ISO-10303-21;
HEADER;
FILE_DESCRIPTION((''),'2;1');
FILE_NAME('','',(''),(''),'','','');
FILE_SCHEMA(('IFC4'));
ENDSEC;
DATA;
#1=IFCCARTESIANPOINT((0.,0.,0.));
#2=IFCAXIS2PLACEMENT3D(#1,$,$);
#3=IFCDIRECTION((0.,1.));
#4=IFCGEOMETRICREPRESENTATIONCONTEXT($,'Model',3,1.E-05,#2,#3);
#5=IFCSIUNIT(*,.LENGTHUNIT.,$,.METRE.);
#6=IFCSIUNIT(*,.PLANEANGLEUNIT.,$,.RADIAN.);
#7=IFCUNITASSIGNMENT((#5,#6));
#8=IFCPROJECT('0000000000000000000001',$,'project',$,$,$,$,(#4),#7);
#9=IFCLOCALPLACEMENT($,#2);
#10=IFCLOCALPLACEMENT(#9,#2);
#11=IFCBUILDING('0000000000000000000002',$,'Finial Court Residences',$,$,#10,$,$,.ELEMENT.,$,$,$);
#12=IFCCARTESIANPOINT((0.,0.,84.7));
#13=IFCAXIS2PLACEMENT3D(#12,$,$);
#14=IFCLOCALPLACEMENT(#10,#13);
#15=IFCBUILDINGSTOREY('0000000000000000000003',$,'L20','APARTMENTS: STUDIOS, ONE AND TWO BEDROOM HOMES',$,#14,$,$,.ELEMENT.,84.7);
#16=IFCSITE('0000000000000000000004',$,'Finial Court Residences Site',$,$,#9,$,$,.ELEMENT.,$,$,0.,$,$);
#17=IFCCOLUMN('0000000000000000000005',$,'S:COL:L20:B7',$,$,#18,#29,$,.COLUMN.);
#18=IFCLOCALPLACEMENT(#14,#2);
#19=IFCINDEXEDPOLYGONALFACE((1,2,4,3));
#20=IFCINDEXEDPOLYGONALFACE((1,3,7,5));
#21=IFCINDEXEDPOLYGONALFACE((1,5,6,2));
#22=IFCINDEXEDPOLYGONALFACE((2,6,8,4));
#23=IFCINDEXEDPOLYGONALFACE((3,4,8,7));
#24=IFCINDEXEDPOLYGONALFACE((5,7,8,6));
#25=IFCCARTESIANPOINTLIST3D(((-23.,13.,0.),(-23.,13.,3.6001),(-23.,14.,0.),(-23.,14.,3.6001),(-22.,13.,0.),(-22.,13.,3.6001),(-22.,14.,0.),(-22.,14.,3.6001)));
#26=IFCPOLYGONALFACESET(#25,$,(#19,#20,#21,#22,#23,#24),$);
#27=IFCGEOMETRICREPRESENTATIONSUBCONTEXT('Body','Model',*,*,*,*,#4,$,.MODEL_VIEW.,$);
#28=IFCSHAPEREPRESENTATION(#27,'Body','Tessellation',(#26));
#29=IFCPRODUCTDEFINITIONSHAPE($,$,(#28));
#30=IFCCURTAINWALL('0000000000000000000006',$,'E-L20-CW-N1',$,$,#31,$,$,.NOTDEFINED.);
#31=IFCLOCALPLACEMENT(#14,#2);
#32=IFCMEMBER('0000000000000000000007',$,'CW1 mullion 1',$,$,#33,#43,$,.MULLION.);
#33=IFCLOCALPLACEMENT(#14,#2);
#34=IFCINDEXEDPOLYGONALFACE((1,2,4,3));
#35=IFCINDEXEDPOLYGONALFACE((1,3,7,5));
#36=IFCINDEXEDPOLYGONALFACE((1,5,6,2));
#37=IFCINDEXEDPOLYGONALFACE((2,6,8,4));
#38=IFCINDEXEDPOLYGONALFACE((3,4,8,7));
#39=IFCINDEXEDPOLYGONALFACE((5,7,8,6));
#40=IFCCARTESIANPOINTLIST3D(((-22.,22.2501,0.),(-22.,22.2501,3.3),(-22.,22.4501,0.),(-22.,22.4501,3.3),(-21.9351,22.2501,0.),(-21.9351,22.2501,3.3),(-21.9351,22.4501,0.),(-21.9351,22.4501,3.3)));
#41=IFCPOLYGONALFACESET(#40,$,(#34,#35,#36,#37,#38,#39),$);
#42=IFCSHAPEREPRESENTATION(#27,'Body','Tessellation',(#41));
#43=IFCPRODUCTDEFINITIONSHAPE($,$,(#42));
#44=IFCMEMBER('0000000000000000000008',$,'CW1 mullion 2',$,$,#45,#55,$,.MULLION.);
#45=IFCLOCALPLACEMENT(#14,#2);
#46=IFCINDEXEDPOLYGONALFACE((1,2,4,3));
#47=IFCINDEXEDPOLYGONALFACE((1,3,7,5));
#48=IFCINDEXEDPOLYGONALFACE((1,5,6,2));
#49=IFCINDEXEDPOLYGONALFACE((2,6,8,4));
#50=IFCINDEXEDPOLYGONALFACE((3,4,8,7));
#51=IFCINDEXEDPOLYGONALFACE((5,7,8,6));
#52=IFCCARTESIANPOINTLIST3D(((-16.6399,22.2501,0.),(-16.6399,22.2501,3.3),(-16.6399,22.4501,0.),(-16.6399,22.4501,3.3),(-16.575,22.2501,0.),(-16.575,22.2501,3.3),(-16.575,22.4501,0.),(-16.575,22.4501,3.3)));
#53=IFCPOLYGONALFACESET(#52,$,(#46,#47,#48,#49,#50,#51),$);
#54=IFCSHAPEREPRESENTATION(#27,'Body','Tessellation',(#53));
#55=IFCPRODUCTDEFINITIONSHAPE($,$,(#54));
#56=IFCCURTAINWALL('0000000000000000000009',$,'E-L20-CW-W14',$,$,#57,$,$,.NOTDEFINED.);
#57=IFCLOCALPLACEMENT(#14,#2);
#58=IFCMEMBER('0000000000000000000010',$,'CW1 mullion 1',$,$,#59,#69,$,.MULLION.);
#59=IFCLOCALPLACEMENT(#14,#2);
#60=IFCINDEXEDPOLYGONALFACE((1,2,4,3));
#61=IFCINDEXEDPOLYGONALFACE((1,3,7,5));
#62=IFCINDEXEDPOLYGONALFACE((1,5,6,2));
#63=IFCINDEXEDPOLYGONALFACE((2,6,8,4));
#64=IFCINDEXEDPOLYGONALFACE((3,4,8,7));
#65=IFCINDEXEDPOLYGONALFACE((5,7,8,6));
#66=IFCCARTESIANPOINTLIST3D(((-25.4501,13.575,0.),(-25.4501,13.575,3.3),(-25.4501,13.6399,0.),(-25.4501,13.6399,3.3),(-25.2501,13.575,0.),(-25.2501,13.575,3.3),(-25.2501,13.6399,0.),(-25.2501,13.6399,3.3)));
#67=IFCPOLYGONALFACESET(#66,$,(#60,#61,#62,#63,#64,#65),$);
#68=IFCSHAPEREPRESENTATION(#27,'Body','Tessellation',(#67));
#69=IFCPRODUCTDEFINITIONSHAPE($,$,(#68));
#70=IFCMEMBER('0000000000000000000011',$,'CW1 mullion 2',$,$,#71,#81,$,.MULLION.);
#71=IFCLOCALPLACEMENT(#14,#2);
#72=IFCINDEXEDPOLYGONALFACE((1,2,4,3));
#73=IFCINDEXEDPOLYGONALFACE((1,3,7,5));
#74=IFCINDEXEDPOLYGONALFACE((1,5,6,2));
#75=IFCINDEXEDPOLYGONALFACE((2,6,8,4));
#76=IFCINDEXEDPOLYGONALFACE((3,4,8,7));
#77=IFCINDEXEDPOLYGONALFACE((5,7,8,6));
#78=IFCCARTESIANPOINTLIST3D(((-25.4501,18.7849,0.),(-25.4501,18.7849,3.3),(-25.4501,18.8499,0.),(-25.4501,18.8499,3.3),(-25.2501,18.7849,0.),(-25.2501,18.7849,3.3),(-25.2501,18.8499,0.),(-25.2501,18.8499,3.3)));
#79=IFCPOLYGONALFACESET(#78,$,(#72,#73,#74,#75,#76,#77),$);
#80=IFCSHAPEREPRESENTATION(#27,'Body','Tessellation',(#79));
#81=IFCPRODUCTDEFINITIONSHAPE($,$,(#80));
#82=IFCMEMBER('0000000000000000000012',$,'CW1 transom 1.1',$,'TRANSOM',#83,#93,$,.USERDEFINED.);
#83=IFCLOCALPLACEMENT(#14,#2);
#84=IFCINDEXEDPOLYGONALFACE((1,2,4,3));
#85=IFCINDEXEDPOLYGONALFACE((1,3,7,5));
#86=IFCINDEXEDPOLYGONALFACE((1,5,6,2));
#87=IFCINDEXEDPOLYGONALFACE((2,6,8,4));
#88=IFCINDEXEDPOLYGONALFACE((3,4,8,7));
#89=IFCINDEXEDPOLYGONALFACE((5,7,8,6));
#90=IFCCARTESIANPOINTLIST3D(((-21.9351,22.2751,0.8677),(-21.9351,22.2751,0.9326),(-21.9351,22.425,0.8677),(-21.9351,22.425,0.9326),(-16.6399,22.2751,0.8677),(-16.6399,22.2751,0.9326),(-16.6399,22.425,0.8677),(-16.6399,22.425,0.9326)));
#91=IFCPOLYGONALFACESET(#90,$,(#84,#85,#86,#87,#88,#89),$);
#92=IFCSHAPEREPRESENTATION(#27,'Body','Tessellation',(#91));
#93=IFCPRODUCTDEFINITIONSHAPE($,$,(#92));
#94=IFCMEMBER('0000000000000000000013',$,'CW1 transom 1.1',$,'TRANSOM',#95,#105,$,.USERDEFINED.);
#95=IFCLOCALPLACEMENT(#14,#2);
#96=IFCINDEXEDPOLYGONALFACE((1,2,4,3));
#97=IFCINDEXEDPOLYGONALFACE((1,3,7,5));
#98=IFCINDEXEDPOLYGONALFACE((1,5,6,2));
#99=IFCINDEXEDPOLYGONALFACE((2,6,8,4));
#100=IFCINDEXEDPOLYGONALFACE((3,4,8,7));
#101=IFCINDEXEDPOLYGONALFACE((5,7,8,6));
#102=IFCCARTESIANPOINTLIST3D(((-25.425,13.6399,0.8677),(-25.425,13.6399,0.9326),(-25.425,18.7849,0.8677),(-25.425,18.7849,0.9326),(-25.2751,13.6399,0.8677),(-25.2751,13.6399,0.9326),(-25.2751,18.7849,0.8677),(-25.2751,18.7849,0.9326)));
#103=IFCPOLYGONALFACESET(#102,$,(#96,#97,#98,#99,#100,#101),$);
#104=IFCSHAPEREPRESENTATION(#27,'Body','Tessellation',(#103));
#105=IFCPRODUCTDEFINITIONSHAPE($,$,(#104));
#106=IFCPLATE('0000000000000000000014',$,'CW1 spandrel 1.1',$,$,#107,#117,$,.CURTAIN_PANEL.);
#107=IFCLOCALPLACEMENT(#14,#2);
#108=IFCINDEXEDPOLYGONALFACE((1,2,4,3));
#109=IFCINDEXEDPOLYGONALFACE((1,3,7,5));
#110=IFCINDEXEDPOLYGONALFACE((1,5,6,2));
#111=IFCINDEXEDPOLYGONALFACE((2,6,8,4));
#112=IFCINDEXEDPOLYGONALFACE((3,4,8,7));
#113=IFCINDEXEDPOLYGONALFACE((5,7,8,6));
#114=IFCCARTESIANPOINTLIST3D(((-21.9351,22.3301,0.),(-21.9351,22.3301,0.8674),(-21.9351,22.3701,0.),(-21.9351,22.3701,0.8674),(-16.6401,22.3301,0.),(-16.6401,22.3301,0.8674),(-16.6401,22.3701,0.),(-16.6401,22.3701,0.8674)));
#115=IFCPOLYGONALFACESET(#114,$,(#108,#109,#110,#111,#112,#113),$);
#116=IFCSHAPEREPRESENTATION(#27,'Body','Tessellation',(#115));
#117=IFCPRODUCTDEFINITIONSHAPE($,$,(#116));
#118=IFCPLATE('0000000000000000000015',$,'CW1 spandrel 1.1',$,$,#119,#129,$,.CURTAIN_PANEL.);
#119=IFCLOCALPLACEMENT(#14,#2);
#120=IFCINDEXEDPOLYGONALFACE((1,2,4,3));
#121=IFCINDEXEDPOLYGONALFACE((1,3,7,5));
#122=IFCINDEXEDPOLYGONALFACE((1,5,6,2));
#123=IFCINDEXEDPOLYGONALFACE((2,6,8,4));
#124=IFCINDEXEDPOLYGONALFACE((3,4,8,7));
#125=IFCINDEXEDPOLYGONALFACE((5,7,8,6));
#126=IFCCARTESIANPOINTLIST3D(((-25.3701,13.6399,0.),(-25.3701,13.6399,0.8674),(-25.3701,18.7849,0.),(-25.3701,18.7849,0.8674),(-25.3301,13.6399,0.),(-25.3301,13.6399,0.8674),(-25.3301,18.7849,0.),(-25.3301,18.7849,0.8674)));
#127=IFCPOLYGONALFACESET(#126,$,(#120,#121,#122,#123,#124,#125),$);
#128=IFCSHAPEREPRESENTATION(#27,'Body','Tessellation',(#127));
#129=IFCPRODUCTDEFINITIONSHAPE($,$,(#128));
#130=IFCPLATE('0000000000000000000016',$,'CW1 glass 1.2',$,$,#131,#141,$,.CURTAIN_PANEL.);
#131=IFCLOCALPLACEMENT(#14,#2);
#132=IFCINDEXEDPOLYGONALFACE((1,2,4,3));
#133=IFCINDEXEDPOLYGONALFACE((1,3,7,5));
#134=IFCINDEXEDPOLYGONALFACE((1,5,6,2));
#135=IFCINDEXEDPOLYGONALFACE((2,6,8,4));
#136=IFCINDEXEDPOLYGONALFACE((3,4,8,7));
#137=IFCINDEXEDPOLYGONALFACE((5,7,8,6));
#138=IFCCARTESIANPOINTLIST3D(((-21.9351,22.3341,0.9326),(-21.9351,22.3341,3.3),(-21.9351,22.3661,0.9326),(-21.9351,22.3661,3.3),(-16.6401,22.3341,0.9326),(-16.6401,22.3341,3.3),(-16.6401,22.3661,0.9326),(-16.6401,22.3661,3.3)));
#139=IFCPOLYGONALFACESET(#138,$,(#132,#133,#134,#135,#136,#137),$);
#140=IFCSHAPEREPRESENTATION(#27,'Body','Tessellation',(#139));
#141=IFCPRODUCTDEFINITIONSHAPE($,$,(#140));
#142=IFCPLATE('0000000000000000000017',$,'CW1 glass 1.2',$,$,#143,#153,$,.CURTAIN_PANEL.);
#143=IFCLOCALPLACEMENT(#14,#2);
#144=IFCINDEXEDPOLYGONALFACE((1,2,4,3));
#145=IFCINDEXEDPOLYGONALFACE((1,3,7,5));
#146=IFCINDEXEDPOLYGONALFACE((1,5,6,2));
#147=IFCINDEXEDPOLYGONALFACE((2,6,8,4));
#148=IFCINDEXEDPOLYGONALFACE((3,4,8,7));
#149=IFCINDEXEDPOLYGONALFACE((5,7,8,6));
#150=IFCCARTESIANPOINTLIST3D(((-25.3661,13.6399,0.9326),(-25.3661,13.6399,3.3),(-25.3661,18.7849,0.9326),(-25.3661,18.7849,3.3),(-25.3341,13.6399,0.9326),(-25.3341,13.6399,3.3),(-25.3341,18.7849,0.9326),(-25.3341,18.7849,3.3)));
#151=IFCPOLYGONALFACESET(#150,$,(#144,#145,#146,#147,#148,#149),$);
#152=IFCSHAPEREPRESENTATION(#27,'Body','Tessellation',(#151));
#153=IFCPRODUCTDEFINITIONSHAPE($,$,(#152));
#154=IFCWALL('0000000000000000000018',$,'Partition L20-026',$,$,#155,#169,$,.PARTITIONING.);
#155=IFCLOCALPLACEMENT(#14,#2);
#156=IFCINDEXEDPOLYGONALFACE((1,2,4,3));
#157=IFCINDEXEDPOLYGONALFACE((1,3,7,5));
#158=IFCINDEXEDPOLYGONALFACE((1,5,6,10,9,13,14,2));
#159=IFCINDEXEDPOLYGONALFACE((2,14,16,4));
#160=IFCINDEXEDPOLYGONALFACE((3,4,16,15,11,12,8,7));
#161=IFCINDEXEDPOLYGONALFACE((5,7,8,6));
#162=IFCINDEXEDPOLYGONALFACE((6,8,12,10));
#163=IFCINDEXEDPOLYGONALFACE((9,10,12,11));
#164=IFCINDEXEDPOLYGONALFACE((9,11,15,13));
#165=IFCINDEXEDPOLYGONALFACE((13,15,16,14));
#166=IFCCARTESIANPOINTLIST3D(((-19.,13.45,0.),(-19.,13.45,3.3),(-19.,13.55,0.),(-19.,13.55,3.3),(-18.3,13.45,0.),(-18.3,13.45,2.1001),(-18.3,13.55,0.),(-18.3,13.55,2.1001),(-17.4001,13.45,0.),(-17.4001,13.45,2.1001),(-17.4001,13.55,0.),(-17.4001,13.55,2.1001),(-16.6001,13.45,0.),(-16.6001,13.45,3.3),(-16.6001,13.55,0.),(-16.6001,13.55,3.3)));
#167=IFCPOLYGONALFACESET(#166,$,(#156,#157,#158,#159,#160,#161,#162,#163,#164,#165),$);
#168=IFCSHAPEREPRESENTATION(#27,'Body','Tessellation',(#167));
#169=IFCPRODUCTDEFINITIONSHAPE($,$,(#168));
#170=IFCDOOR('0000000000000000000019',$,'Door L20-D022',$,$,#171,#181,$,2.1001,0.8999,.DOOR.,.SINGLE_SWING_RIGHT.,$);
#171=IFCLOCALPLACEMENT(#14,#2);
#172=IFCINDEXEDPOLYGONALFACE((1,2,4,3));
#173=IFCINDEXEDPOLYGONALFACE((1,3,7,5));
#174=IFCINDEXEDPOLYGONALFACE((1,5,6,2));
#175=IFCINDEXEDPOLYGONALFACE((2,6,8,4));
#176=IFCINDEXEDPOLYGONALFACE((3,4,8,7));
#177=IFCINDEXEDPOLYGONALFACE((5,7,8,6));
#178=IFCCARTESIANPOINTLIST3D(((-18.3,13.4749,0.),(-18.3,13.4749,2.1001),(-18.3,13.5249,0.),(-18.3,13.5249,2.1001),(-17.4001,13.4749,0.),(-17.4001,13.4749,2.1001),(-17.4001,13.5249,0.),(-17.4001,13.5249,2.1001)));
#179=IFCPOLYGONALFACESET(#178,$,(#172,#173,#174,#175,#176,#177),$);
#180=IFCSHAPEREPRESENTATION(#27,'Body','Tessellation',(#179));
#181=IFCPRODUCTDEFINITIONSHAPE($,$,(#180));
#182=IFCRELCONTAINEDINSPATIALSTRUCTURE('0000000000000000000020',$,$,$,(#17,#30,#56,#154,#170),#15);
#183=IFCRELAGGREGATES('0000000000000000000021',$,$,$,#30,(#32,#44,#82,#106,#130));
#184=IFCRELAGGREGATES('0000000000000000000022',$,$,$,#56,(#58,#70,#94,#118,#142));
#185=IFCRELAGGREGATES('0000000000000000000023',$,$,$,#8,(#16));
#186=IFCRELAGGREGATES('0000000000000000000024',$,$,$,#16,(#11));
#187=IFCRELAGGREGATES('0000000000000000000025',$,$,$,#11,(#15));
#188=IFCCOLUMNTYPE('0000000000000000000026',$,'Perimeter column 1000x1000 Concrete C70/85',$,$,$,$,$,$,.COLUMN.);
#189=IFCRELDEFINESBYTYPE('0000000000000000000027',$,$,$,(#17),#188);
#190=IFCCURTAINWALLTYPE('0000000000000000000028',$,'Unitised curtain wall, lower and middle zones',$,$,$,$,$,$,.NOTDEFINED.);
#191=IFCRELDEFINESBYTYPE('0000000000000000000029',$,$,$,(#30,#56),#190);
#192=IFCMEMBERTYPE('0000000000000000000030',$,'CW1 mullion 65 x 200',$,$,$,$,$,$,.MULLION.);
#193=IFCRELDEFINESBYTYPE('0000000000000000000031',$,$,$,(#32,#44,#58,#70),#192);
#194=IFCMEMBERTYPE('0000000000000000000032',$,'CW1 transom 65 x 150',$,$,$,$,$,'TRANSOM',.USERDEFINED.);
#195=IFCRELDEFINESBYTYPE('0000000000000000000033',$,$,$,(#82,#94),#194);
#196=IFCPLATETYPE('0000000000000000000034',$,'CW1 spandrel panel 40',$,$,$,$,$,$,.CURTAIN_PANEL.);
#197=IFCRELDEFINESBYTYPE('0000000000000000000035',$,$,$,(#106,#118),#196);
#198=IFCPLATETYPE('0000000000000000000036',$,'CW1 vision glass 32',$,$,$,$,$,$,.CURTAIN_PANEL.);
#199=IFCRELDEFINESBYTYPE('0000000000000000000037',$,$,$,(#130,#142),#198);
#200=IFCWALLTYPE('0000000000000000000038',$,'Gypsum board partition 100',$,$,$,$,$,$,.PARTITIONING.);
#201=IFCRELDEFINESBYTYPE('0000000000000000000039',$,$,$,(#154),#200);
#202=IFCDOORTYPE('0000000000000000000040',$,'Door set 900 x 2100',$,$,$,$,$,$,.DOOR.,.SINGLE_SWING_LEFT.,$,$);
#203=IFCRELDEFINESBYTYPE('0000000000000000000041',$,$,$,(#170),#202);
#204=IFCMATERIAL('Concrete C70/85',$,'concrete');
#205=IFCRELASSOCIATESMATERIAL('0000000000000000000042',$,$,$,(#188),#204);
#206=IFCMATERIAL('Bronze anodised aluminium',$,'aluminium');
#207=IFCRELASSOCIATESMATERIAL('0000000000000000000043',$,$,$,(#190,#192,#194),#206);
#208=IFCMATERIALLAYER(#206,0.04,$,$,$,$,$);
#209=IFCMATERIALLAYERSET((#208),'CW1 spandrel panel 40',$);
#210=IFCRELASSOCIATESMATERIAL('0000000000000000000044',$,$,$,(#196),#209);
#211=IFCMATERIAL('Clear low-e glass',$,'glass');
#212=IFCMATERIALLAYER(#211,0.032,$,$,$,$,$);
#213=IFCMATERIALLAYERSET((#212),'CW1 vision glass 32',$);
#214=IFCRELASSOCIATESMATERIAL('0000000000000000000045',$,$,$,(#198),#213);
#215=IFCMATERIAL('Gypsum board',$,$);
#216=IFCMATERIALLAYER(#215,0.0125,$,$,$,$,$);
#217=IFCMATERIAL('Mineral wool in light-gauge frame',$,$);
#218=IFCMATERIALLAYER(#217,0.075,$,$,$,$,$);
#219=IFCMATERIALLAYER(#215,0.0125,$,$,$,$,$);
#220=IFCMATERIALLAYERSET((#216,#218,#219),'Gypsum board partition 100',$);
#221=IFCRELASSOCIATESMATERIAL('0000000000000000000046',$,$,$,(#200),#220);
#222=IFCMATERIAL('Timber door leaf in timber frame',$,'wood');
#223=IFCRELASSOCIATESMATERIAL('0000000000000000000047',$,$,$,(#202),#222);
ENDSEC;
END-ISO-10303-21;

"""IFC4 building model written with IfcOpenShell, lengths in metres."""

from ifc_helpers import new_model, si_unit, direction, frame, frame_2d, origin, origin_2d, place, context, subcontext, project, spatial, rectangle, extrude, material, layer, layer_set, material_profile, profile_set, type_object, element, fill, aggregate, save


model = new_model("IFC4")

# Units and contexts
model_context = context("Model", 3, precision=1e-05, world=origin(), true_north=direction((0.0, 1.0)))
body_context = subcontext(model_context, "Body", "Model", "MODEL_VIEW")
ifc_project = project(units=[si_unit("LENGTHUNIT", "METRE"), si_unit("PLANEANGLEUNIT", "RADIAN")], contexts=[model_context])

# Site, building, storey
site_placement = place(None, origin())
site = spatial("IfcSite", under=ifc_project, at=site_placement, Name="Finial Court Residences Site", CompositionType="ELEMENT", RefElevation=0.0)
building_placement = place(site_placement, origin())
building = spatial("IfcBuilding", under=site, at=building_placement, Name="Finial Court Residences", CompositionType="ELEMENT")
storey_placement = place(building_placement, frame((0.0, 0.0, 84.7)))
storey = spatial("IfcBuildingStorey", under=building, at=storey_placement, Name="L20", Description="APARTMENTS: STUDIOS, ONE AND TWO BEDROOM HOMES", CompositionType="ELEMENT", Elevation=84.7)

# Column
ifc_material_1 = material(Name="Concrete C70/85", Category="concrete")
ifc_material_profile_1 = material_profile(ifc_material_1, rectangle(XDim=1.0, YDim=1.0, at=origin_2d()), Name="1000x1000")
ifc_profile_set_1 = profile_set([ifc_material_profile_1], Name="Concrete C70/85")
column_type = type_object("IfcColumnType", Name="Perimeter column 1000x1000 Concrete C70/85", PredefinedType="COLUMN", material=ifc_profile_set_1)
column_placement = place(storey_placement, frame((-22.5, 13.5, 0.0), z_axis=(0.0, 0.0, 1.0), x_axis=(1.0, 0.0, 0.0)))
element("IfcColumn", 1, at=column_placement, inside=storey, type_object=column_type, Name="S:COL:L20:B7", PredefinedType="COLUMN", context=body_context, shape_type="SweptSolid", body=[
    extrude(rectangle(XDim=1.0, YDim=1.0, at=origin_2d()), origin(), (0.0, 0.0, 1.0), 3.6001),
])

# Curtain walls, members
ifc_material_2 = material(Name="Bronze anodised aluminium", Category="aluminium")
curtain_wall_type = type_object("IfcCurtainWallType", Name="Unitised curtain wall, lower and middle zones", PredefinedType="NOTDEFINED", material=ifc_material_2)
curtain_wall_1_placement = place(storey_placement, origin())
curtain_wall_1 = element("IfcCurtainWall", 2, at=curtain_wall_1_placement, inside=storey, type_object=curtain_wall_type, Name="E-L20-CW-N1", PredefinedType="NOTDEFINED")
ifc_material_profile_2 = material_profile(ifc_material_2, rectangle(XDim=0.2, YDim=0.0649, at=origin_2d()), Name="CW1 mullion 65 x 200")
ifc_profile_set_2 = profile_set([ifc_material_profile_2], Name="Bronze anodised aluminium")
member_type_1 = type_object("IfcMemberType", Name="CW1 mullion 65 x 200", PredefinedType="MULLION", material=ifc_profile_set_2)
member_1_placement = place(storey_placement, frame((-21.9675, 22.3501, 0.0), z_axis=(0.0, 0.0, 1.0), x_axis=(0.0, 1.0, 0.0)))
member_1 = element("IfcMember", 3, at=member_1_placement, type_object=member_type_1, Name="CW1 mullion 1", PredefinedType="MULLION", context=body_context, shape_type="SweptSolid", body=[
    extrude(rectangle(XDim=0.2, YDim=0.0649, at=origin_2d()), origin(), (0.0, 0.0, 1.0), 3.3),
])
member_2_placement = place(storey_placement, frame((-16.6074, 22.3501, 0.0), z_axis=(0.0, 0.0, 1.0), x_axis=(0.0, 1.0, 0.0)))
member_2 = element("IfcMember", 4, at=member_2_placement, type_object=member_type_1, Name="CW1 mullion 2", PredefinedType="MULLION", context=body_context, shape_type="SweptSolid", body=[
    extrude(rectangle(XDim=0.2, YDim=0.0649, at=origin_2d()), origin(), (0.0, 0.0, 1.0), 3.3),
])
curtain_wall_2_placement = place(storey_placement, origin())
curtain_wall_2 = element("IfcCurtainWall", 5, at=curtain_wall_2_placement, inside=storey, type_object=curtain_wall_type, Name="E-L20-CW-W14", PredefinedType="NOTDEFINED")
member_3_placement = place(storey_placement, frame((-25.3501, 13.6074, 0.0), z_axis=(0.0, 0.0, 1.0), x_axis=(-1.0, 0.0, 0.0)))
member_3 = element("IfcMember", 6, at=member_3_placement, type_object=member_type_1, Name="CW1 mullion 1", PredefinedType="MULLION", context=body_context, shape_type="SweptSolid", body=[
    extrude(rectangle(XDim=0.2, YDim=0.0649, at=origin_2d()), origin(), (0.0, 0.0, 1.0), 3.3),
])
member_4_placement = place(storey_placement, frame((-25.3501, 18.8174, 0.0), z_axis=(0.0, 0.0, 1.0), x_axis=(-1.0, 0.0, 0.0)))
member_4 = element("IfcMember", 7, at=member_4_placement, type_object=member_type_1, Name="CW1 mullion 2", PredefinedType="MULLION", context=body_context, shape_type="SweptSolid", body=[
    extrude(rectangle(XDim=0.2, YDim=0.0649, at=origin_2d()), origin(), (0.0, 0.0, 1.0), 3.3),
])

# Members
ifc_material_profile_3 = material_profile(ifc_material_2, rectangle(XDim=0.1499, YDim=0.0649, at=origin_2d()), Name="CW1 transom 65 x 150")
ifc_profile_set_3 = profile_set([ifc_material_profile_3], Name="Bronze anodised aluminium")
member_type_2 = type_object("IfcMemberType", Name="CW1 transom 65 x 150", ElementType="TRANSOM", PredefinedType="USERDEFINED", material=ifc_profile_set_3)
member_5_placement = place(storey_placement, frame((-21.9351, 22.3501, 0.9001), z_axis=(1.0, 0.0, 0.0), x_axis=(0.0, 1.0, 0.0)))
member_5 = element("IfcMember", 8, at=member_5_placement, type_object=member_type_2, Name="CW1 transom 1.1", ObjectType="TRANSOM", PredefinedType="USERDEFINED", context=body_context, shape_type="SweptSolid", body=[
    extrude(rectangle(XDim=0.1499, YDim=0.0649, at=origin_2d()), origin(), (0.0, 0.0, 1.0), 5.2952),
])
member_6_placement = place(storey_placement, frame((-25.3501, 13.6399, 0.9001), z_axis=(0.0, 1.0, 0.0), x_axis=(-1.0, 0.0, 0.0)))
member_6 = element("IfcMember", 9, at=member_6_placement, type_object=member_type_2, Name="CW1 transom 1.1", ObjectType="TRANSOM", PredefinedType="USERDEFINED", context=body_context, shape_type="SweptSolid", body=[
    extrude(rectangle(XDim=0.1499, YDim=0.0649, at=origin_2d()), origin(), (0.0, 0.0, 1.0), 5.145),
])

# Plates
ifc_layer_1 = layer(ifc_material_2, 0.04)
ifc_layer_set_1 = layer_set([ifc_layer_1], Name="CW1 spandrel panel 40")
plate_type_1 = type_object("IfcPlateType", Name="CW1 spandrel panel 40", PredefinedType="CURTAIN_PANEL", material=ifc_layer_set_1)
plate_1_placement = place(storey_placement, frame((-19.2876, 22.3501, 0.0), z_axis=(0.0, 0.0, 1.0), x_axis=(1.0, 0.0, 0.0)))
plate_1 = element("IfcPlate", 10, at=plate_1_placement, type_object=plate_type_1, Name="CW1 spandrel 1.1", PredefinedType="CURTAIN_PANEL", context=body_context, shape_type="SweptSolid", body=[
    extrude(rectangle(XDim=5.2949, YDim=0.04, at=origin_2d()), origin(), (0.0, 0.0, 1.0), 0.8674),
])
plate_2_placement = place(storey_placement, frame((-25.3501, 16.2124, 0.0), z_axis=(0.0, 0.0, 1.0), x_axis=(0.0, 1.0, 0.0)))
plate_2 = element("IfcPlate", 11, at=plate_2_placement, type_object=plate_type_1, Name="CW1 spandrel 1.1", PredefinedType="CURTAIN_PANEL", context=body_context, shape_type="SweptSolid", body=[
    extrude(rectangle(XDim=5.145, YDim=0.04, at=origin_2d()), origin(), (0.0, 0.0, 1.0), 0.8674),
])
ifc_material_3 = material(Name="Clear low-e glass", Category="glass")
ifc_layer_2 = layer(ifc_material_3, 0.032)
ifc_layer_set_2 = layer_set([ifc_layer_2], Name="CW1 vision glass 32")
plate_type_2 = type_object("IfcPlateType", Name="CW1 vision glass 32", PredefinedType="CURTAIN_PANEL", material=ifc_layer_set_2)
plate_3_placement = place(storey_placement, frame((-19.2876, 22.3501, 0.9326), z_axis=(0.0, 0.0, 1.0), x_axis=(1.0, 0.0, 0.0)))
plate_3 = element("IfcPlate", 12, at=plate_3_placement, type_object=plate_type_2, Name="CW1 glass 1.2", PredefinedType="CURTAIN_PANEL", context=body_context, shape_type="SweptSolid", body=[
    extrude(rectangle(XDim=5.2949, YDim=0.032, at=origin_2d()), origin(), (0.0, 0.0, 1.0), 2.3674),
])
aggregate(curtain_wall_1, [member_1, member_2, member_5, plate_1, plate_3])
plate_4_placement = place(storey_placement, frame((-25.3501, 16.2124, 0.9326), z_axis=(0.0, 0.0, 1.0), x_axis=(0.0, 1.0, 0.0)))
plate_4 = element("IfcPlate", 13, at=plate_4_placement, type_object=plate_type_2, Name="CW1 glass 1.2", PredefinedType="CURTAIN_PANEL", context=body_context, shape_type="SweptSolid", body=[
    extrude(rectangle(XDim=5.145, YDim=0.032, at=origin_2d()), origin(), (0.0, 0.0, 1.0), 2.3674),
])
aggregate(curtain_wall_2, [member_3, member_4, member_6, plate_2, plate_4])

# Wall, opening, door
ifc_material_4 = material(Name="Gypsum board")
ifc_layer_3 = layer(ifc_material_4, 0.0125)
ifc_material_5 = material(Name="Mineral wool in light-gauge frame")
ifc_layer_4 = layer(ifc_material_5, 0.075)
ifc_layer_5 = layer(ifc_material_4, 0.0125)
ifc_layer_set_3 = layer_set([ifc_layer_3, ifc_layer_4, ifc_layer_5], Name="Gypsum board partition 100")
wall_type_1 = type_object("IfcWallType", Name="Gypsum board partition 100", PredefinedType="PARTITIONING", material=ifc_layer_set_3)
wall_1_placement = place(storey_placement, frame((-19.0, 13.5, 0.0), z_axis=(0.0, 0.0, 1.0), x_axis=(1.0, 0.0, 0.0)))
wall_1 = element("IfcWall", 14, at=wall_1_placement, inside=storey, type_object=wall_type_1, Name="Partition L20-026", PredefinedType="PARTITIONING", context=body_context, shape_type="SweptSolid", body=[
    extrude(rectangle(XDim=2.3999, YDim=0.1001, at=frame_2d((1.2, 0.0))), origin(), (0.0, 0.0, 1.0), 3.3),
])
opening_1_placement = place(wall_1_placement, frame((0.7, 0.0, 0.0)))
opening_1 = element("IfcOpeningElement", 15, at=opening_1_placement, cuts=wall_1, PredefinedType="OPENING", context=body_context, shape_type="SweptSolid", body=[
    extrude(rectangle(XDim=0.8999, YDim=2.1001, at=frame_2d((0.45, 1.05))), frame((0.0, 0.0601, 0.0), z_axis=(0.0, -1.0, 0.0), x_axis=(1.0, 0.0, 0.0)), (0.0, 0.0, 1.0), 0.1201),
])
ifc_material_6 = material(Name="Timber door leaf in timber frame", Category="wood")
door_type = type_object("IfcDoorType", Name="Door set 900 x 2100", OperationType="SINGLE_SWING_LEFT", PredefinedType="DOOR", material=ifc_material_6)
door_placement = place(opening_1_placement, origin())
door = element("IfcDoor", 16, at=door_placement, inside=storey, type_object=door_type, Name="Door L20-D022", OperationType="SINGLE_SWING_RIGHT", OverallHeight=2.1001, OverallWidth=0.8999, PredefinedType="DOOR", context=body_context, shape_type="SweptSolid", body=[
    extrude(rectangle(XDim=0.8999, YDim=2.1001, at=frame_2d((0.45, 1.05))), frame((0.0, 0.0249, 0.0), z_axis=(0.0, -1.0, 0.0), x_axis=(1.0, 0.0, 0.0)), (0.0, 0.0, 1.0), 0.05),
])
fill(opening_1, door)

save(model, "model.ifc")
